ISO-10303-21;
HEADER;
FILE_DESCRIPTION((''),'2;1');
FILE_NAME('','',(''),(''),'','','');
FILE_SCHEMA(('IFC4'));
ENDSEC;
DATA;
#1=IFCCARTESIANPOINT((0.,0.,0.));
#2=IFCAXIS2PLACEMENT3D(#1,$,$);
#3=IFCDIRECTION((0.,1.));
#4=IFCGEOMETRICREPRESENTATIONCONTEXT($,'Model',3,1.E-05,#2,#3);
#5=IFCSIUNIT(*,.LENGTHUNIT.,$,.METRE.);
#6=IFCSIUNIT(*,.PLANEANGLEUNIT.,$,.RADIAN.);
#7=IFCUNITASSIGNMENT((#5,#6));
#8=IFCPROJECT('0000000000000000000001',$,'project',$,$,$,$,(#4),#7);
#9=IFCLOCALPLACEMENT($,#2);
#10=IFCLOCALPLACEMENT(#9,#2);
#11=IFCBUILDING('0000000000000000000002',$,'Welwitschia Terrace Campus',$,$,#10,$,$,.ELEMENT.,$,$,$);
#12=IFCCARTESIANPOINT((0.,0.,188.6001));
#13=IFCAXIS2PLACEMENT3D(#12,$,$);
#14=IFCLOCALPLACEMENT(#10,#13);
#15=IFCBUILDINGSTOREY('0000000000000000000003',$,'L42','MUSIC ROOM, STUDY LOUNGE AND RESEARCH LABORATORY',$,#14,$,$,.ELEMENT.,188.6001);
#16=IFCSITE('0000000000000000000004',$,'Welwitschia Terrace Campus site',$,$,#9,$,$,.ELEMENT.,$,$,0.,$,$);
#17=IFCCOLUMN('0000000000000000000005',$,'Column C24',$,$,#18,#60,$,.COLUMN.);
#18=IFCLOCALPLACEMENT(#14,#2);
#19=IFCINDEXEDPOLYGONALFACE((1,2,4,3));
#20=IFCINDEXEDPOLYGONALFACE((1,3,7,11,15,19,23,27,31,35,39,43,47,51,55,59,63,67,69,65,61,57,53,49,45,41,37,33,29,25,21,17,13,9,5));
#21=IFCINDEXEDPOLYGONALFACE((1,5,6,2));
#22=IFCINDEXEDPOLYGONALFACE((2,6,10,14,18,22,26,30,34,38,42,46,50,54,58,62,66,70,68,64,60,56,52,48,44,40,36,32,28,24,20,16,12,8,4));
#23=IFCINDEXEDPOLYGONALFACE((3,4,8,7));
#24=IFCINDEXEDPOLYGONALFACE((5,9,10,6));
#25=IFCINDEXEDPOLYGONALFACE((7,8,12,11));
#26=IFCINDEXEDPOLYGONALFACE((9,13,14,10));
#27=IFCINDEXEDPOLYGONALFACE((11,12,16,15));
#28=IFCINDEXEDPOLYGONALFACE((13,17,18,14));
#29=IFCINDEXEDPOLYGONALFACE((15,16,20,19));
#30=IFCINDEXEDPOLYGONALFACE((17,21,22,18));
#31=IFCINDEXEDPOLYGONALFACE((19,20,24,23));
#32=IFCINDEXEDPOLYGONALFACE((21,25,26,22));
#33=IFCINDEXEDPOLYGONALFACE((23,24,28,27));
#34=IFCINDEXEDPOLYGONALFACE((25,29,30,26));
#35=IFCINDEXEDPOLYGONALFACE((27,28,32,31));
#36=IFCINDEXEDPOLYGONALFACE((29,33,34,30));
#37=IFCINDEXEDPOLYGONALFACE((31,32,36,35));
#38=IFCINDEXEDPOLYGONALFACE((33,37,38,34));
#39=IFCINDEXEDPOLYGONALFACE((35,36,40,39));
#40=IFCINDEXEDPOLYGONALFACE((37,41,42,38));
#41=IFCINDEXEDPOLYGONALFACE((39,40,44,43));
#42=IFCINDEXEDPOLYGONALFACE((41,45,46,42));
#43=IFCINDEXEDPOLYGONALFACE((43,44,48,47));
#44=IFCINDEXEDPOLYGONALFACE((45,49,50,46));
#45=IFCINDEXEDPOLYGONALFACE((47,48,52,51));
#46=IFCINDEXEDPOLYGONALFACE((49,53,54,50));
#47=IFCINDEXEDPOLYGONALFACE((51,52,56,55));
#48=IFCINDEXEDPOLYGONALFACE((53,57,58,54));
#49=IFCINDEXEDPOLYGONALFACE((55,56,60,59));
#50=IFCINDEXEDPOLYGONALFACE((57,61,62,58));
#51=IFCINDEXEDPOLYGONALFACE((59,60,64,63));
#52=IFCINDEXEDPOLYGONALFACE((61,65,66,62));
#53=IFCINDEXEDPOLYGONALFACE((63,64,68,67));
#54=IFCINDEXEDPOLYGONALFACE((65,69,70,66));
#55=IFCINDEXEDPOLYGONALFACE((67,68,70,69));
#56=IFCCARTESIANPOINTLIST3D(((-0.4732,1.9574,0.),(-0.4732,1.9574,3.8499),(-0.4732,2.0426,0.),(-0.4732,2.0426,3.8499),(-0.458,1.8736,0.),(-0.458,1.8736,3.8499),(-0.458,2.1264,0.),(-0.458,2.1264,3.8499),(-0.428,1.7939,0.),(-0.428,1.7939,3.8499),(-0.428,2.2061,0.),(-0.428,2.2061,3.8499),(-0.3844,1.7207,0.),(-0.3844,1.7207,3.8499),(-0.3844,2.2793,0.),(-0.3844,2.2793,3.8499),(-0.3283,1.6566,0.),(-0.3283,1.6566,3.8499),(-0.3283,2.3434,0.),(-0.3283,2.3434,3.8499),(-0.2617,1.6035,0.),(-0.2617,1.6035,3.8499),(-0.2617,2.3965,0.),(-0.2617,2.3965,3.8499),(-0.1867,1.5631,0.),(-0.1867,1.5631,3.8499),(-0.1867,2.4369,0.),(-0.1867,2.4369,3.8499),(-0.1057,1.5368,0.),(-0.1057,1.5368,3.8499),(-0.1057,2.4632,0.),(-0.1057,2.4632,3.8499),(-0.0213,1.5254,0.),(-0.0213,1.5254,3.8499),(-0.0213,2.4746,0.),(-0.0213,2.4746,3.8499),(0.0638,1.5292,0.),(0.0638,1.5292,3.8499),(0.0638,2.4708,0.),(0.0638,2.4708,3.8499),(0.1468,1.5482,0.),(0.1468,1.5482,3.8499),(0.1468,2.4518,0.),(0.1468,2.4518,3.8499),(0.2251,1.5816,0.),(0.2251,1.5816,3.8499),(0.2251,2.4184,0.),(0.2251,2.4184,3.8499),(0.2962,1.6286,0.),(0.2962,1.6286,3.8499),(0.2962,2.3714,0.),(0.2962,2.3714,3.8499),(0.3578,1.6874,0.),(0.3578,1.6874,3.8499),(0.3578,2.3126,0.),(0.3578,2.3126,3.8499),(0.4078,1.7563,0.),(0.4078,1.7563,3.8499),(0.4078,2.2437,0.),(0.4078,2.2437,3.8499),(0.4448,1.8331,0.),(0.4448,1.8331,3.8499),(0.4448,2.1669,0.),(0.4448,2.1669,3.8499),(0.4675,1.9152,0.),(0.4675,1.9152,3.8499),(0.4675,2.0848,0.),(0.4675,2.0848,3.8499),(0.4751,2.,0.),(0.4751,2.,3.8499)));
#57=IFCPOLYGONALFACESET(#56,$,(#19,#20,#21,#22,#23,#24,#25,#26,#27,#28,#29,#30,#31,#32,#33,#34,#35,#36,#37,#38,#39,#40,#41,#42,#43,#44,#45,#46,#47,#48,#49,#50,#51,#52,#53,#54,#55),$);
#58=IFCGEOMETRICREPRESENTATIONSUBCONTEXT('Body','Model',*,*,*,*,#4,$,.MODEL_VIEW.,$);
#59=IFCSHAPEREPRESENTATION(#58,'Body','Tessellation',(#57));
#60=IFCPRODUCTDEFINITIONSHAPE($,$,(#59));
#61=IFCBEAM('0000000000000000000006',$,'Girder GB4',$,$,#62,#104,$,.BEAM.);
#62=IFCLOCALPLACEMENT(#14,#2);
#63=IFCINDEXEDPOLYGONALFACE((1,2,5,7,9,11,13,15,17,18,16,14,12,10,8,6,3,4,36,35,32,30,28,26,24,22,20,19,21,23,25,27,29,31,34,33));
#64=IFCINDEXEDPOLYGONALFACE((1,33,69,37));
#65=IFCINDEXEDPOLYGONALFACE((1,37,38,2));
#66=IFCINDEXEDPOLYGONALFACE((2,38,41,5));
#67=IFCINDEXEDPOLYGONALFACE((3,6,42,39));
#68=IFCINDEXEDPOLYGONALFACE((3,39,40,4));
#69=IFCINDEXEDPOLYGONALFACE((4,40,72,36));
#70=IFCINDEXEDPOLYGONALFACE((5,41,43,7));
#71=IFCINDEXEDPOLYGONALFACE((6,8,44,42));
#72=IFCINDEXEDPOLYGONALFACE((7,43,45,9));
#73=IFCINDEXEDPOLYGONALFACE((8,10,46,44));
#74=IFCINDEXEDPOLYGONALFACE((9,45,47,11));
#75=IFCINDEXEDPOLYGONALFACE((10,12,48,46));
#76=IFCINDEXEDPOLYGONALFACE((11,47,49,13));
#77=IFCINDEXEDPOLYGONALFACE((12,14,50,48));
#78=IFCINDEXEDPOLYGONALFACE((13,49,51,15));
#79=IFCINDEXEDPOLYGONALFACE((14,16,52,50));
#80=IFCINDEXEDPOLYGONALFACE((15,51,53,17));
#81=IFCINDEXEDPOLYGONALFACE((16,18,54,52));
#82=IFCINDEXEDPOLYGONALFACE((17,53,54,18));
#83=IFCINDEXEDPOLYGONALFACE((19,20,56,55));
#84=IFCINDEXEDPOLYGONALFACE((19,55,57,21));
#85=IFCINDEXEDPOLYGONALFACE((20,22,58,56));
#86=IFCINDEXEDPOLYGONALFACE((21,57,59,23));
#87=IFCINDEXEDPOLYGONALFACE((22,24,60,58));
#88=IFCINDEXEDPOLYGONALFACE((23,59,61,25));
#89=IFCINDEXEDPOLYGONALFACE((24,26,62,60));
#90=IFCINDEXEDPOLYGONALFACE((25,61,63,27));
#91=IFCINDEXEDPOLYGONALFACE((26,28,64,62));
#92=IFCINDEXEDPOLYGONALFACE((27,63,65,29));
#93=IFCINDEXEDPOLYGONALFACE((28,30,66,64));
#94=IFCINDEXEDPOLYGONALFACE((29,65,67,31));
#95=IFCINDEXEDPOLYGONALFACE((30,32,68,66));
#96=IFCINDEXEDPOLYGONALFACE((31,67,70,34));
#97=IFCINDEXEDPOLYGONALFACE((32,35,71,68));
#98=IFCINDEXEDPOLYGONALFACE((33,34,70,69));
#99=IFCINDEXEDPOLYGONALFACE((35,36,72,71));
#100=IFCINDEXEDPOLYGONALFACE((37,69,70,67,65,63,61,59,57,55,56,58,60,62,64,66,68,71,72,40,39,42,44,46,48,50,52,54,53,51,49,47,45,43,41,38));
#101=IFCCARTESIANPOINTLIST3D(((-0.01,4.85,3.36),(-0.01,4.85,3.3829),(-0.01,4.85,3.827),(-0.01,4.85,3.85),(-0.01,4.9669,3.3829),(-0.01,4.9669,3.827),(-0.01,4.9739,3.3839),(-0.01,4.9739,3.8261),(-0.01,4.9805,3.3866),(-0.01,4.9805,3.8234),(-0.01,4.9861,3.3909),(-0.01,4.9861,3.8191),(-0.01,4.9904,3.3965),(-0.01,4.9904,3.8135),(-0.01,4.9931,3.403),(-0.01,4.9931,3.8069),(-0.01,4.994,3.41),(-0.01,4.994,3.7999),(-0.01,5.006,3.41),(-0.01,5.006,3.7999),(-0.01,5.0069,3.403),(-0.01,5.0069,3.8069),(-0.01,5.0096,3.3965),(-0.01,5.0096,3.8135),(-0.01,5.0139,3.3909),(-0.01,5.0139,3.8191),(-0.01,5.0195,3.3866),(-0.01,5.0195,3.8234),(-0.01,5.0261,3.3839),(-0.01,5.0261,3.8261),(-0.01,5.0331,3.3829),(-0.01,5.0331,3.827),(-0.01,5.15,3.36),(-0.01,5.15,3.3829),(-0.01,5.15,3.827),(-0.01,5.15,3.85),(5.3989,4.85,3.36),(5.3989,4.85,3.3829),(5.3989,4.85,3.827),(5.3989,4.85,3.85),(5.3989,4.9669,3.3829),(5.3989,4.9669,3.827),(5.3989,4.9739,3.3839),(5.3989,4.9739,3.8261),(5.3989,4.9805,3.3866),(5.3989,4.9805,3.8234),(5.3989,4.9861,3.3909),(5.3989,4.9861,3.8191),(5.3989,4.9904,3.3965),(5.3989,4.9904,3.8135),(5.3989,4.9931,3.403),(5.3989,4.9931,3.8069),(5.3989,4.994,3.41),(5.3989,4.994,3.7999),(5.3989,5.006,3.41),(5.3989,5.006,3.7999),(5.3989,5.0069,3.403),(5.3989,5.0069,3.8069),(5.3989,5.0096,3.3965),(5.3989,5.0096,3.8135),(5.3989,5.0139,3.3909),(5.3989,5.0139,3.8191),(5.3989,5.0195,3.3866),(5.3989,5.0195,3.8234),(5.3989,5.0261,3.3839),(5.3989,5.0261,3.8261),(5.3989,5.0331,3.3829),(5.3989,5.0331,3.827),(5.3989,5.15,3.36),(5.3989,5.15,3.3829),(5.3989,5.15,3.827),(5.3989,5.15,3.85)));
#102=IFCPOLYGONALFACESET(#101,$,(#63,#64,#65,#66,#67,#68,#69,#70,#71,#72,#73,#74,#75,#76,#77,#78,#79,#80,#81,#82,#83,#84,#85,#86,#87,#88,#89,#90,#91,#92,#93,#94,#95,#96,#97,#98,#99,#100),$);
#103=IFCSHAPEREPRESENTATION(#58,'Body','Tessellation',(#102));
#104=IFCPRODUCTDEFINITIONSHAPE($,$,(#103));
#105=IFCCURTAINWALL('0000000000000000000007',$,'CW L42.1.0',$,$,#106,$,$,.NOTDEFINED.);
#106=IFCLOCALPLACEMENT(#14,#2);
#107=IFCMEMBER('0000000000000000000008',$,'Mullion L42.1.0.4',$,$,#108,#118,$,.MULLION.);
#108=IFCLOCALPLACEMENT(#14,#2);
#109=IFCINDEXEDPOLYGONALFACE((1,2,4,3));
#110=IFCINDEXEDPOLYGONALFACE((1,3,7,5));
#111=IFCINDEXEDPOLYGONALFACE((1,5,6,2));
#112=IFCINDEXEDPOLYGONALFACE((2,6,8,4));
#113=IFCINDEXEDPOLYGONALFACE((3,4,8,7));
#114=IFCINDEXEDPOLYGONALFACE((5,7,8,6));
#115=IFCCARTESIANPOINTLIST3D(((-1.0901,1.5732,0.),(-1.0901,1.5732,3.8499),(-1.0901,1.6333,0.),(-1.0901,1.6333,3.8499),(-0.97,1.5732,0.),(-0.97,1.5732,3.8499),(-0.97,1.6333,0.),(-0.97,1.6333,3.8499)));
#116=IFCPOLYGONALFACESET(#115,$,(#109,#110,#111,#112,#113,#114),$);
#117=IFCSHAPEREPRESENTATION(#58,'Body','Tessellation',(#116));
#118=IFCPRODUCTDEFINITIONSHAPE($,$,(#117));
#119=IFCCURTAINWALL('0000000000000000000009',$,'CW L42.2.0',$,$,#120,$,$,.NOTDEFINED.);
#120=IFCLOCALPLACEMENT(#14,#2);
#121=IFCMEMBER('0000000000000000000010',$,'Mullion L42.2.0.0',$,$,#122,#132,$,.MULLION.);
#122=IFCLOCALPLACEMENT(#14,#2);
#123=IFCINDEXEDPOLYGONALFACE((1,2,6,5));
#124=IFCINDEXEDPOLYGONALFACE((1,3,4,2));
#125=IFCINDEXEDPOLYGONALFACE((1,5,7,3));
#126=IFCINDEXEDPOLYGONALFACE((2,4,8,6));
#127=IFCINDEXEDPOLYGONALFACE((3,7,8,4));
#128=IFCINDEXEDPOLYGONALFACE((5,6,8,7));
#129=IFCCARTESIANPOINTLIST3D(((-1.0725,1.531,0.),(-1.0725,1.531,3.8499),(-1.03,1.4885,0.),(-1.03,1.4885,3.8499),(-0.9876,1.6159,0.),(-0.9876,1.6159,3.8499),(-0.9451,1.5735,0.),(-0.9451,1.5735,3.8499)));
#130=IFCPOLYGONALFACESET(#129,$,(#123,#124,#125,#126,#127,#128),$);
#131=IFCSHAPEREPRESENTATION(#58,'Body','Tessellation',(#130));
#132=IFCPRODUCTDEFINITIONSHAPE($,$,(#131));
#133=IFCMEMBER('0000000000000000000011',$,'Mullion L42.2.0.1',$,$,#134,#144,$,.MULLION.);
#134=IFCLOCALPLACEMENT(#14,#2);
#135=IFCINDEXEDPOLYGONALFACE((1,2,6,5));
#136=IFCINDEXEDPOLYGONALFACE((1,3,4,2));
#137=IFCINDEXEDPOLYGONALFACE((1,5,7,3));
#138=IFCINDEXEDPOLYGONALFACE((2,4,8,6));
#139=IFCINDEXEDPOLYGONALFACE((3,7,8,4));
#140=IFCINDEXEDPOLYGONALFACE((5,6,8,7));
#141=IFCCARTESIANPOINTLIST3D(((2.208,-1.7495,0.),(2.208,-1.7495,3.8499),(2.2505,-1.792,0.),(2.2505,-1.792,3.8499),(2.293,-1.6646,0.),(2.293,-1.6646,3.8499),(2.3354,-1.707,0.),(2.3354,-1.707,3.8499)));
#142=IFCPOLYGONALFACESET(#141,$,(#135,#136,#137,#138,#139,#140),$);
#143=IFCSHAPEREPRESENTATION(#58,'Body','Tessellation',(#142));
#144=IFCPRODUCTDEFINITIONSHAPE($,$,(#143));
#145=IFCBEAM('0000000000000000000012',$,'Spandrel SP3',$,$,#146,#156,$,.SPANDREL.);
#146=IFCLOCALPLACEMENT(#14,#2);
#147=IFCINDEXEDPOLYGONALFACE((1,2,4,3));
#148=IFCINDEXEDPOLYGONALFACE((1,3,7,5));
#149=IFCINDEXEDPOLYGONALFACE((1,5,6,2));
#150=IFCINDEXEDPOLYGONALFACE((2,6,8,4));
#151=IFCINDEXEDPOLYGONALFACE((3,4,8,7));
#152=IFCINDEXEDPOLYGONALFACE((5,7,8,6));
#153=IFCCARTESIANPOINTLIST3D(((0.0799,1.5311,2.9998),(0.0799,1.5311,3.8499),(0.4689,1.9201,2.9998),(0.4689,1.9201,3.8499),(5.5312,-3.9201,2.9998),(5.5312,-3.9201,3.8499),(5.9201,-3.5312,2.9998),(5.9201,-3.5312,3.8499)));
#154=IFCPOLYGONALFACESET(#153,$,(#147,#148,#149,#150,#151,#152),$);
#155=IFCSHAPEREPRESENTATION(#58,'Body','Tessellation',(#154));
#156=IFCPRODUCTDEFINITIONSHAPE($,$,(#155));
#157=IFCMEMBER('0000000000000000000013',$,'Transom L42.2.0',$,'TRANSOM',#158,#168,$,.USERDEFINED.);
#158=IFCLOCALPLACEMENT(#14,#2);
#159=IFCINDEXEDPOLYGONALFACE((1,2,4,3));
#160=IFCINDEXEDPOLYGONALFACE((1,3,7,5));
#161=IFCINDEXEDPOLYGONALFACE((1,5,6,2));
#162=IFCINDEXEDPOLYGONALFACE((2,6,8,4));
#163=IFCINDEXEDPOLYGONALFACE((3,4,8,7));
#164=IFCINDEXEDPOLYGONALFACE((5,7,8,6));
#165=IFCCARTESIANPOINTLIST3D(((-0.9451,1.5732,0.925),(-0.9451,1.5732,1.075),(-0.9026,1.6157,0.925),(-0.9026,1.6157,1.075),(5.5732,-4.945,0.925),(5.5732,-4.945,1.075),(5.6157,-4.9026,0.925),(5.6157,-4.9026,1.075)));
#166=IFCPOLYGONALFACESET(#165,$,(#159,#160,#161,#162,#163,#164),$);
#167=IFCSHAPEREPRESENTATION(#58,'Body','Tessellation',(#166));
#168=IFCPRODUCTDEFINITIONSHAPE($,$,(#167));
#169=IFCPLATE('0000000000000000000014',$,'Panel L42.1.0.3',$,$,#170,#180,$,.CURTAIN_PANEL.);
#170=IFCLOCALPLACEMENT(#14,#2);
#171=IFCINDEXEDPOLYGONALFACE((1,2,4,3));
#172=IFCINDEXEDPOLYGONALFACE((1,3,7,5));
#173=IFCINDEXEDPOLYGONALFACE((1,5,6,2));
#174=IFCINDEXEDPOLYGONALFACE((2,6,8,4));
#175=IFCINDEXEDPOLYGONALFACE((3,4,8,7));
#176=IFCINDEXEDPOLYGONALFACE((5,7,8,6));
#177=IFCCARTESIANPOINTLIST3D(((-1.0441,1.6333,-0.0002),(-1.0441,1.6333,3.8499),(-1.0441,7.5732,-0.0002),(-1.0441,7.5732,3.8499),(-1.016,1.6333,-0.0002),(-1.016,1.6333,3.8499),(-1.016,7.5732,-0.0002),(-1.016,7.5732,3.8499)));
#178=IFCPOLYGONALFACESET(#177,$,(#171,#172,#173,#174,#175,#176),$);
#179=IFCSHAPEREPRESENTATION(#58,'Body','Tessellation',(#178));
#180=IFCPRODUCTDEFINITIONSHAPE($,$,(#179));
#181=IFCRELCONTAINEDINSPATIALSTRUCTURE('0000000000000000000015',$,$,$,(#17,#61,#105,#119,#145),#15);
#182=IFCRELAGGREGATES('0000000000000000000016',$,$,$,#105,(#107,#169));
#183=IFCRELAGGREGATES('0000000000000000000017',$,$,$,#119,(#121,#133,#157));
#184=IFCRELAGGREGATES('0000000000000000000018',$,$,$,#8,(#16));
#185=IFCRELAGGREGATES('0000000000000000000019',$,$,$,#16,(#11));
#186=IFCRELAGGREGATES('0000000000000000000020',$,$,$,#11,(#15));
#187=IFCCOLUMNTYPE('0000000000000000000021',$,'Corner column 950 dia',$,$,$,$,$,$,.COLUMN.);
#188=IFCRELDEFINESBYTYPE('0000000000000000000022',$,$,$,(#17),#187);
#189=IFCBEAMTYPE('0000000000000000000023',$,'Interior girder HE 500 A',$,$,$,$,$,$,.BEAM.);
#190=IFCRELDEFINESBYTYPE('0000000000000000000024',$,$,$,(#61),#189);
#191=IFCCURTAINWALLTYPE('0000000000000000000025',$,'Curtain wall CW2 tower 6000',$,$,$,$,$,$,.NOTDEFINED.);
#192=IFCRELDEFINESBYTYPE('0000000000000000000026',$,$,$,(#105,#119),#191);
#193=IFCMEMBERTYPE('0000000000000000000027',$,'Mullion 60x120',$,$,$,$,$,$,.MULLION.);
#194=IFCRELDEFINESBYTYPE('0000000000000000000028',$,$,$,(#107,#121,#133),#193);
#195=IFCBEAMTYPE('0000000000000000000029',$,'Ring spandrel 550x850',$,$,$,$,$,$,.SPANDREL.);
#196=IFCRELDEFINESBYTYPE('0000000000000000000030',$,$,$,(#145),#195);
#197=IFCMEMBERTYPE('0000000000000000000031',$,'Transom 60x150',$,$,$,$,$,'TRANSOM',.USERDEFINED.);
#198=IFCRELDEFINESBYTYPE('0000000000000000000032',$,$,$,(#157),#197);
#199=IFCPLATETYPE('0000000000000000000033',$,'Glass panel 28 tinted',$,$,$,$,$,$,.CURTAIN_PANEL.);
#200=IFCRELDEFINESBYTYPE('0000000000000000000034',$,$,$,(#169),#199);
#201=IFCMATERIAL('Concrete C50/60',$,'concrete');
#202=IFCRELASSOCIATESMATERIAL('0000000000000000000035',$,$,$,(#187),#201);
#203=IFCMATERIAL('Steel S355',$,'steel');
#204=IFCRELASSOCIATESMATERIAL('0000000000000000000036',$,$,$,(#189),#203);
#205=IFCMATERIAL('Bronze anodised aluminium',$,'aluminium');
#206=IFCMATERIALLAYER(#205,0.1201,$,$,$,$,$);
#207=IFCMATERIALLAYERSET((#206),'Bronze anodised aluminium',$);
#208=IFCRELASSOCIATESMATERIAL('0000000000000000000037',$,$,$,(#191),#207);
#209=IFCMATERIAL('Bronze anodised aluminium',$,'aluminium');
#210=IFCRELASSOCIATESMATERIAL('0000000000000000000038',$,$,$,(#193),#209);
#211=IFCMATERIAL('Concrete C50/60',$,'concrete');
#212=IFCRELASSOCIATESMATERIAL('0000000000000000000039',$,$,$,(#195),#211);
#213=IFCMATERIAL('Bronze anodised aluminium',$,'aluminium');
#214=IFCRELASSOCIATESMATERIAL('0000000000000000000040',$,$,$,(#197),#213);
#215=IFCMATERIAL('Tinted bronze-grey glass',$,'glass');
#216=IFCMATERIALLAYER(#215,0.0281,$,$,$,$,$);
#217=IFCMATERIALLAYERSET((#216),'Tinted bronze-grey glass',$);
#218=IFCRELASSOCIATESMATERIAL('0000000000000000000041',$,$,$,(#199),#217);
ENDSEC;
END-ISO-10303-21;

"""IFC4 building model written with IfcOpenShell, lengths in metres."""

from ifc_helpers import new_model, si_unit, direction, frame, origin, origin_2d, place, context, subcontext, project, spatial, rectangle, circle, i_section, extrude, material, layer, layer_set, material_profile, profile_set, type_object, element, aggregate, save


model = new_model("IFC4")

# Units and contexts
model_context = context("Model", 3, precision=1e-05, world=origin(), true_north=direction((0.0, 1.0)))
body_context = subcontext(model_context, "Body", "Model", "MODEL_VIEW")
ifc_project = project(units=[si_unit("LENGTHUNIT", "METRE"), si_unit("PLANEANGLEUNIT", "RADIAN")], contexts=[model_context])

# Site, building, storey
site_placement = place(None, origin())
site = spatial("IfcSite", under=ifc_project, at=site_placement, Name="Welwitschia Terrace Campus site", CompositionType="ELEMENT", RefElevation=0.0)
building_placement = place(site_placement, origin())
building = spatial("IfcBuilding", under=site, at=building_placement, Name="Welwitschia Terrace Campus", CompositionType="ELEMENT")
storey_placement = place(building_placement, frame((0.0, 0.0, 188.6001)))
storey = spatial("IfcBuildingStorey", under=building, at=storey_placement, Name="L42", Description="MUSIC ROOM, STUDY LOUNGE AND RESEARCH LABORATORY", CompositionType="ELEMENT", Elevation=188.6001)

# Column
ifc_material_1 = material(Name="Concrete C50/60", Category="concrete")
ifc_material_profile_1 = material_profile(ifc_material_1, circle(Radius=0.4751, at=origin_2d()))
ifc_profile_set_1 = profile_set([ifc_material_profile_1], Name="Concrete C50/60")
column_type = type_object("IfcColumnType", Name="Corner column 950 dia", PredefinedType="COLUMN", material=ifc_profile_set_1)
column_placement = place(storey_placement, frame((0.0, 2.0, 0.0), z_axis=(0.0, 0.0, 1.0), x_axis=(1.0, 0.0, 0.0)))
element("IfcColumn", 1, at=column_placement, inside=storey, type_object=column_type, Name="Column C24", PredefinedType="COLUMN", context=body_context, shape_type="SweptSolid", body=[
    extrude(circle(Radius=0.4751, at=origin_2d()), origin(), (0.0, 0.0, 1.0), 3.8499),
])

# Beam
ifc_material_2 = material(Name="Steel S355", Category="steel")
ifc_material_profile_2 = material_profile(ifc_material_2, i_section(OverallWidth=0.3, OverallDepth=0.49, WebThickness=0.012, FlangeThickness=0.0229, FilletRadius=0.0271, at=origin_2d()))
ifc_profile_set_2 = profile_set([ifc_material_profile_2], Name="Steel S355")
beam_type_1 = type_object("IfcBeamType", Name="Interior girder HE 500 A", PredefinedType="BEAM", material=ifc_profile_set_2)
beam_1_placement = place(storey_placement, frame((-0.01, 5.0, 3.605), z_axis=(1.0, 0.0, 0.0), x_axis=(0.0, 1.0, 0.0)))
element("IfcBeam", 2, at=beam_1_placement, inside=storey, type_object=beam_type_1, Name="Girder GB4", PredefinedType="BEAM", context=body_context, shape_type="SweptSolid", body=[
    extrude(i_section(OverallWidth=0.3, OverallDepth=0.49, WebThickness=0.012, FlangeThickness=0.0229, FilletRadius=0.0271, at=origin_2d()), origin(), (0.0, 0.0, 1.0), 5.4089),
])

# Curtain wall, member
ifc_material_3 = material(Name="Bronze anodised aluminium", Category="aluminium")
ifc_layer_1 = layer(ifc_material_3, 0.1201)
ifc_layer_set_1 = layer_set([ifc_layer_1], Name="Bronze anodised aluminium")
curtain_wall_type = type_object("IfcCurtainWallType", Name="Curtain wall CW2 tower 6000", PredefinedType="NOTDEFINED", material=ifc_layer_set_1)
curtain_wall_1_placement = place(storey_placement, origin())
curtain_wall_1 = element("IfcCurtainWall", 3, at=curtain_wall_1_placement, inside=storey, type_object=curtain_wall_type, Name="CW L42.1.0", PredefinedType="NOTDEFINED")
ifc_material_4 = material(Name="Bronze anodised aluminium", Category="aluminium")
ifc_material_profile_3 = material_profile(ifc_material_4, rectangle(XDim=0.1201, YDim=0.0601, at=origin_2d()))
ifc_profile_set_3 = profile_set([ifc_material_profile_3], Name="Bronze anodised aluminium")
member_type_1 = type_object("IfcMemberType", Name="Mullion 60x120", PredefinedType="MULLION", material=ifc_profile_set_3)
member_1_placement = place(storey_placement, frame((-1.03, 1.6033, 0.0), z_axis=(0.0, 0.0, 1.0), x_axis=(1.0, 0.0, 0.0)))
member_1 = element("IfcMember", 4, at=member_1_placement, type_object=member_type_1, Name="Mullion L42.1.0.4", PredefinedType="MULLION", context=body_context, shape_type="SweptSolid", body=[
    extrude(rectangle(XDim=0.1201, YDim=0.0601, at=origin_2d()), origin(), (0.0, 0.0, 1.0), 3.8499),
])

# Curtain wall, members
curtain_wall_2_placement = place(storey_placement, origin())
curtain_wall_2 = element("IfcCurtainWall", 5, at=curtain_wall_2_placement, inside=storey, type_object=curtain_wall_type, Name="CW L42.2.0", PredefinedType="NOTDEFINED")
member_2_placement = place(storey_placement, frame((-1.0088, 1.5522, 0.0), z_axis=(0.0, 0.0, 1.0), x_axis=(0.707107, 0.707107, 0.0)))
member_2 = element("IfcMember", 6, at=member_2_placement, type_object=member_type_1, Name="Mullion L42.2.0.0", PredefinedType="MULLION", context=body_context, shape_type="SweptSolid", body=[
    extrude(rectangle(XDim=0.1201, YDim=0.0601, at=origin_2d()), origin(), (0.0, 0.0, 1.0), 3.8499),
])
member_3_placement = place(storey_placement, frame((2.2717, -1.7283, 0.0), z_axis=(0.0, 0.0, 1.0), x_axis=(0.707107, 0.707107, 0.0)))
member_3 = element("IfcMember", 7, at=member_3_placement, type_object=member_type_1, Name="Mullion L42.2.0.1", PredefinedType="MULLION", context=body_context, shape_type="SweptSolid", body=[
    extrude(rectangle(XDim=0.1201, YDim=0.0601, at=origin_2d()), origin(), (0.0, 0.0, 1.0), 3.8499),
])

# Beam
ifc_material_5 = material(Name="Concrete C50/60", Category="concrete")
ifc_material_profile_4 = material_profile(ifc_material_5, rectangle(XDim=0.55, YDim=0.8501, at=origin_2d()))
ifc_profile_set_4 = profile_set([ifc_material_profile_4], Name="Concrete C50/60")
beam_type_2 = type_object("IfcBeamType", Name="Ring spandrel 550x850", PredefinedType="SPANDREL", material=ifc_profile_set_4)
beam_2_placement = place(storey_placement, frame((0.2744, 1.7256, 3.4248), z_axis=(0.707107, -0.707107, 0.0), x_axis=(0.707107, 0.707107, 0.0)))
element("IfcBeam", 8, at=beam_2_placement, inside=storey, type_object=beam_type_2, Name="Spandrel SP3", PredefinedType="SPANDREL", context=body_context, shape_type="SweptSolid", body=[
    extrude(rectangle(XDim=0.55, YDim=0.8501, at=origin_2d()), origin(), (0.0, 0.0, 1.0), 7.7092),
])

# Member
ifc_material_6 = material(Name="Bronze anodised aluminium", Category="aluminium")
ifc_material_profile_5 = material_profile(ifc_material_6, rectangle(XDim=0.0601, YDim=0.1499, at=origin_2d()))
ifc_profile_set_5 = profile_set([ifc_material_profile_5], Name="Bronze anodised aluminium")
member_type_2 = type_object("IfcMemberType", Name="Transom 60x150", ElementType="TRANSOM", PredefinedType="USERDEFINED", material=ifc_profile_set_5)
member_4_placement = place(storey_placement, frame((-0.9238, 1.5945, 1.0), z_axis=(0.707107, -0.707107, 0.0), x_axis=(0.707107, 0.707107, 0.0)))
member_4 = element("IfcMember", 9, at=member_4_placement, type_object=member_type_2, Name="Transom L42.2.0", ObjectType="TRANSOM", PredefinedType="USERDEFINED", context=body_context, shape_type="SweptSolid", body=[
    extrude(rectangle(XDim=0.0601, YDim=0.1499, at=origin_2d()), origin(), (0.0, 0.0, 1.0), 9.2183),
])

# Plate
ifc_material_7 = material(Name="Tinted bronze-grey glass", Category="glass")
ifc_layer_2 = layer(ifc_material_7, 0.0281)
ifc_layer_set_2 = layer_set([ifc_layer_2], Name="Tinted bronze-grey glass")
plate_type = type_object("IfcPlateType", Name="Glass panel 28 tinted", PredefinedType="CURTAIN_PANEL", material=ifc_layer_set_2)
plate_1_placement = place(storey_placement, frame((-1.03, 4.6033, -0.0002), z_axis=(0.0, 0.0, 1.0), x_axis=(0.0, -1.0, 0.0)))
plate_1 = element("IfcPlate", 10, at=plate_1_placement, type_object=plate_type, Name="Panel L42.1.0.3", PredefinedType="CURTAIN_PANEL", context=body_context, shape_type="SweptSolid", body=[
    extrude(rectangle(XDim=5.9399, YDim=0.0281, at=origin_2d()), origin(), (0.0, 0.0, 1.0), 3.8501),
])
aggregate(curtain_wall_1, [member_1, plate_1])
aggregate(curtain_wall_2, [member_2, member_3, member_4])

save(model, "model.ifc")
